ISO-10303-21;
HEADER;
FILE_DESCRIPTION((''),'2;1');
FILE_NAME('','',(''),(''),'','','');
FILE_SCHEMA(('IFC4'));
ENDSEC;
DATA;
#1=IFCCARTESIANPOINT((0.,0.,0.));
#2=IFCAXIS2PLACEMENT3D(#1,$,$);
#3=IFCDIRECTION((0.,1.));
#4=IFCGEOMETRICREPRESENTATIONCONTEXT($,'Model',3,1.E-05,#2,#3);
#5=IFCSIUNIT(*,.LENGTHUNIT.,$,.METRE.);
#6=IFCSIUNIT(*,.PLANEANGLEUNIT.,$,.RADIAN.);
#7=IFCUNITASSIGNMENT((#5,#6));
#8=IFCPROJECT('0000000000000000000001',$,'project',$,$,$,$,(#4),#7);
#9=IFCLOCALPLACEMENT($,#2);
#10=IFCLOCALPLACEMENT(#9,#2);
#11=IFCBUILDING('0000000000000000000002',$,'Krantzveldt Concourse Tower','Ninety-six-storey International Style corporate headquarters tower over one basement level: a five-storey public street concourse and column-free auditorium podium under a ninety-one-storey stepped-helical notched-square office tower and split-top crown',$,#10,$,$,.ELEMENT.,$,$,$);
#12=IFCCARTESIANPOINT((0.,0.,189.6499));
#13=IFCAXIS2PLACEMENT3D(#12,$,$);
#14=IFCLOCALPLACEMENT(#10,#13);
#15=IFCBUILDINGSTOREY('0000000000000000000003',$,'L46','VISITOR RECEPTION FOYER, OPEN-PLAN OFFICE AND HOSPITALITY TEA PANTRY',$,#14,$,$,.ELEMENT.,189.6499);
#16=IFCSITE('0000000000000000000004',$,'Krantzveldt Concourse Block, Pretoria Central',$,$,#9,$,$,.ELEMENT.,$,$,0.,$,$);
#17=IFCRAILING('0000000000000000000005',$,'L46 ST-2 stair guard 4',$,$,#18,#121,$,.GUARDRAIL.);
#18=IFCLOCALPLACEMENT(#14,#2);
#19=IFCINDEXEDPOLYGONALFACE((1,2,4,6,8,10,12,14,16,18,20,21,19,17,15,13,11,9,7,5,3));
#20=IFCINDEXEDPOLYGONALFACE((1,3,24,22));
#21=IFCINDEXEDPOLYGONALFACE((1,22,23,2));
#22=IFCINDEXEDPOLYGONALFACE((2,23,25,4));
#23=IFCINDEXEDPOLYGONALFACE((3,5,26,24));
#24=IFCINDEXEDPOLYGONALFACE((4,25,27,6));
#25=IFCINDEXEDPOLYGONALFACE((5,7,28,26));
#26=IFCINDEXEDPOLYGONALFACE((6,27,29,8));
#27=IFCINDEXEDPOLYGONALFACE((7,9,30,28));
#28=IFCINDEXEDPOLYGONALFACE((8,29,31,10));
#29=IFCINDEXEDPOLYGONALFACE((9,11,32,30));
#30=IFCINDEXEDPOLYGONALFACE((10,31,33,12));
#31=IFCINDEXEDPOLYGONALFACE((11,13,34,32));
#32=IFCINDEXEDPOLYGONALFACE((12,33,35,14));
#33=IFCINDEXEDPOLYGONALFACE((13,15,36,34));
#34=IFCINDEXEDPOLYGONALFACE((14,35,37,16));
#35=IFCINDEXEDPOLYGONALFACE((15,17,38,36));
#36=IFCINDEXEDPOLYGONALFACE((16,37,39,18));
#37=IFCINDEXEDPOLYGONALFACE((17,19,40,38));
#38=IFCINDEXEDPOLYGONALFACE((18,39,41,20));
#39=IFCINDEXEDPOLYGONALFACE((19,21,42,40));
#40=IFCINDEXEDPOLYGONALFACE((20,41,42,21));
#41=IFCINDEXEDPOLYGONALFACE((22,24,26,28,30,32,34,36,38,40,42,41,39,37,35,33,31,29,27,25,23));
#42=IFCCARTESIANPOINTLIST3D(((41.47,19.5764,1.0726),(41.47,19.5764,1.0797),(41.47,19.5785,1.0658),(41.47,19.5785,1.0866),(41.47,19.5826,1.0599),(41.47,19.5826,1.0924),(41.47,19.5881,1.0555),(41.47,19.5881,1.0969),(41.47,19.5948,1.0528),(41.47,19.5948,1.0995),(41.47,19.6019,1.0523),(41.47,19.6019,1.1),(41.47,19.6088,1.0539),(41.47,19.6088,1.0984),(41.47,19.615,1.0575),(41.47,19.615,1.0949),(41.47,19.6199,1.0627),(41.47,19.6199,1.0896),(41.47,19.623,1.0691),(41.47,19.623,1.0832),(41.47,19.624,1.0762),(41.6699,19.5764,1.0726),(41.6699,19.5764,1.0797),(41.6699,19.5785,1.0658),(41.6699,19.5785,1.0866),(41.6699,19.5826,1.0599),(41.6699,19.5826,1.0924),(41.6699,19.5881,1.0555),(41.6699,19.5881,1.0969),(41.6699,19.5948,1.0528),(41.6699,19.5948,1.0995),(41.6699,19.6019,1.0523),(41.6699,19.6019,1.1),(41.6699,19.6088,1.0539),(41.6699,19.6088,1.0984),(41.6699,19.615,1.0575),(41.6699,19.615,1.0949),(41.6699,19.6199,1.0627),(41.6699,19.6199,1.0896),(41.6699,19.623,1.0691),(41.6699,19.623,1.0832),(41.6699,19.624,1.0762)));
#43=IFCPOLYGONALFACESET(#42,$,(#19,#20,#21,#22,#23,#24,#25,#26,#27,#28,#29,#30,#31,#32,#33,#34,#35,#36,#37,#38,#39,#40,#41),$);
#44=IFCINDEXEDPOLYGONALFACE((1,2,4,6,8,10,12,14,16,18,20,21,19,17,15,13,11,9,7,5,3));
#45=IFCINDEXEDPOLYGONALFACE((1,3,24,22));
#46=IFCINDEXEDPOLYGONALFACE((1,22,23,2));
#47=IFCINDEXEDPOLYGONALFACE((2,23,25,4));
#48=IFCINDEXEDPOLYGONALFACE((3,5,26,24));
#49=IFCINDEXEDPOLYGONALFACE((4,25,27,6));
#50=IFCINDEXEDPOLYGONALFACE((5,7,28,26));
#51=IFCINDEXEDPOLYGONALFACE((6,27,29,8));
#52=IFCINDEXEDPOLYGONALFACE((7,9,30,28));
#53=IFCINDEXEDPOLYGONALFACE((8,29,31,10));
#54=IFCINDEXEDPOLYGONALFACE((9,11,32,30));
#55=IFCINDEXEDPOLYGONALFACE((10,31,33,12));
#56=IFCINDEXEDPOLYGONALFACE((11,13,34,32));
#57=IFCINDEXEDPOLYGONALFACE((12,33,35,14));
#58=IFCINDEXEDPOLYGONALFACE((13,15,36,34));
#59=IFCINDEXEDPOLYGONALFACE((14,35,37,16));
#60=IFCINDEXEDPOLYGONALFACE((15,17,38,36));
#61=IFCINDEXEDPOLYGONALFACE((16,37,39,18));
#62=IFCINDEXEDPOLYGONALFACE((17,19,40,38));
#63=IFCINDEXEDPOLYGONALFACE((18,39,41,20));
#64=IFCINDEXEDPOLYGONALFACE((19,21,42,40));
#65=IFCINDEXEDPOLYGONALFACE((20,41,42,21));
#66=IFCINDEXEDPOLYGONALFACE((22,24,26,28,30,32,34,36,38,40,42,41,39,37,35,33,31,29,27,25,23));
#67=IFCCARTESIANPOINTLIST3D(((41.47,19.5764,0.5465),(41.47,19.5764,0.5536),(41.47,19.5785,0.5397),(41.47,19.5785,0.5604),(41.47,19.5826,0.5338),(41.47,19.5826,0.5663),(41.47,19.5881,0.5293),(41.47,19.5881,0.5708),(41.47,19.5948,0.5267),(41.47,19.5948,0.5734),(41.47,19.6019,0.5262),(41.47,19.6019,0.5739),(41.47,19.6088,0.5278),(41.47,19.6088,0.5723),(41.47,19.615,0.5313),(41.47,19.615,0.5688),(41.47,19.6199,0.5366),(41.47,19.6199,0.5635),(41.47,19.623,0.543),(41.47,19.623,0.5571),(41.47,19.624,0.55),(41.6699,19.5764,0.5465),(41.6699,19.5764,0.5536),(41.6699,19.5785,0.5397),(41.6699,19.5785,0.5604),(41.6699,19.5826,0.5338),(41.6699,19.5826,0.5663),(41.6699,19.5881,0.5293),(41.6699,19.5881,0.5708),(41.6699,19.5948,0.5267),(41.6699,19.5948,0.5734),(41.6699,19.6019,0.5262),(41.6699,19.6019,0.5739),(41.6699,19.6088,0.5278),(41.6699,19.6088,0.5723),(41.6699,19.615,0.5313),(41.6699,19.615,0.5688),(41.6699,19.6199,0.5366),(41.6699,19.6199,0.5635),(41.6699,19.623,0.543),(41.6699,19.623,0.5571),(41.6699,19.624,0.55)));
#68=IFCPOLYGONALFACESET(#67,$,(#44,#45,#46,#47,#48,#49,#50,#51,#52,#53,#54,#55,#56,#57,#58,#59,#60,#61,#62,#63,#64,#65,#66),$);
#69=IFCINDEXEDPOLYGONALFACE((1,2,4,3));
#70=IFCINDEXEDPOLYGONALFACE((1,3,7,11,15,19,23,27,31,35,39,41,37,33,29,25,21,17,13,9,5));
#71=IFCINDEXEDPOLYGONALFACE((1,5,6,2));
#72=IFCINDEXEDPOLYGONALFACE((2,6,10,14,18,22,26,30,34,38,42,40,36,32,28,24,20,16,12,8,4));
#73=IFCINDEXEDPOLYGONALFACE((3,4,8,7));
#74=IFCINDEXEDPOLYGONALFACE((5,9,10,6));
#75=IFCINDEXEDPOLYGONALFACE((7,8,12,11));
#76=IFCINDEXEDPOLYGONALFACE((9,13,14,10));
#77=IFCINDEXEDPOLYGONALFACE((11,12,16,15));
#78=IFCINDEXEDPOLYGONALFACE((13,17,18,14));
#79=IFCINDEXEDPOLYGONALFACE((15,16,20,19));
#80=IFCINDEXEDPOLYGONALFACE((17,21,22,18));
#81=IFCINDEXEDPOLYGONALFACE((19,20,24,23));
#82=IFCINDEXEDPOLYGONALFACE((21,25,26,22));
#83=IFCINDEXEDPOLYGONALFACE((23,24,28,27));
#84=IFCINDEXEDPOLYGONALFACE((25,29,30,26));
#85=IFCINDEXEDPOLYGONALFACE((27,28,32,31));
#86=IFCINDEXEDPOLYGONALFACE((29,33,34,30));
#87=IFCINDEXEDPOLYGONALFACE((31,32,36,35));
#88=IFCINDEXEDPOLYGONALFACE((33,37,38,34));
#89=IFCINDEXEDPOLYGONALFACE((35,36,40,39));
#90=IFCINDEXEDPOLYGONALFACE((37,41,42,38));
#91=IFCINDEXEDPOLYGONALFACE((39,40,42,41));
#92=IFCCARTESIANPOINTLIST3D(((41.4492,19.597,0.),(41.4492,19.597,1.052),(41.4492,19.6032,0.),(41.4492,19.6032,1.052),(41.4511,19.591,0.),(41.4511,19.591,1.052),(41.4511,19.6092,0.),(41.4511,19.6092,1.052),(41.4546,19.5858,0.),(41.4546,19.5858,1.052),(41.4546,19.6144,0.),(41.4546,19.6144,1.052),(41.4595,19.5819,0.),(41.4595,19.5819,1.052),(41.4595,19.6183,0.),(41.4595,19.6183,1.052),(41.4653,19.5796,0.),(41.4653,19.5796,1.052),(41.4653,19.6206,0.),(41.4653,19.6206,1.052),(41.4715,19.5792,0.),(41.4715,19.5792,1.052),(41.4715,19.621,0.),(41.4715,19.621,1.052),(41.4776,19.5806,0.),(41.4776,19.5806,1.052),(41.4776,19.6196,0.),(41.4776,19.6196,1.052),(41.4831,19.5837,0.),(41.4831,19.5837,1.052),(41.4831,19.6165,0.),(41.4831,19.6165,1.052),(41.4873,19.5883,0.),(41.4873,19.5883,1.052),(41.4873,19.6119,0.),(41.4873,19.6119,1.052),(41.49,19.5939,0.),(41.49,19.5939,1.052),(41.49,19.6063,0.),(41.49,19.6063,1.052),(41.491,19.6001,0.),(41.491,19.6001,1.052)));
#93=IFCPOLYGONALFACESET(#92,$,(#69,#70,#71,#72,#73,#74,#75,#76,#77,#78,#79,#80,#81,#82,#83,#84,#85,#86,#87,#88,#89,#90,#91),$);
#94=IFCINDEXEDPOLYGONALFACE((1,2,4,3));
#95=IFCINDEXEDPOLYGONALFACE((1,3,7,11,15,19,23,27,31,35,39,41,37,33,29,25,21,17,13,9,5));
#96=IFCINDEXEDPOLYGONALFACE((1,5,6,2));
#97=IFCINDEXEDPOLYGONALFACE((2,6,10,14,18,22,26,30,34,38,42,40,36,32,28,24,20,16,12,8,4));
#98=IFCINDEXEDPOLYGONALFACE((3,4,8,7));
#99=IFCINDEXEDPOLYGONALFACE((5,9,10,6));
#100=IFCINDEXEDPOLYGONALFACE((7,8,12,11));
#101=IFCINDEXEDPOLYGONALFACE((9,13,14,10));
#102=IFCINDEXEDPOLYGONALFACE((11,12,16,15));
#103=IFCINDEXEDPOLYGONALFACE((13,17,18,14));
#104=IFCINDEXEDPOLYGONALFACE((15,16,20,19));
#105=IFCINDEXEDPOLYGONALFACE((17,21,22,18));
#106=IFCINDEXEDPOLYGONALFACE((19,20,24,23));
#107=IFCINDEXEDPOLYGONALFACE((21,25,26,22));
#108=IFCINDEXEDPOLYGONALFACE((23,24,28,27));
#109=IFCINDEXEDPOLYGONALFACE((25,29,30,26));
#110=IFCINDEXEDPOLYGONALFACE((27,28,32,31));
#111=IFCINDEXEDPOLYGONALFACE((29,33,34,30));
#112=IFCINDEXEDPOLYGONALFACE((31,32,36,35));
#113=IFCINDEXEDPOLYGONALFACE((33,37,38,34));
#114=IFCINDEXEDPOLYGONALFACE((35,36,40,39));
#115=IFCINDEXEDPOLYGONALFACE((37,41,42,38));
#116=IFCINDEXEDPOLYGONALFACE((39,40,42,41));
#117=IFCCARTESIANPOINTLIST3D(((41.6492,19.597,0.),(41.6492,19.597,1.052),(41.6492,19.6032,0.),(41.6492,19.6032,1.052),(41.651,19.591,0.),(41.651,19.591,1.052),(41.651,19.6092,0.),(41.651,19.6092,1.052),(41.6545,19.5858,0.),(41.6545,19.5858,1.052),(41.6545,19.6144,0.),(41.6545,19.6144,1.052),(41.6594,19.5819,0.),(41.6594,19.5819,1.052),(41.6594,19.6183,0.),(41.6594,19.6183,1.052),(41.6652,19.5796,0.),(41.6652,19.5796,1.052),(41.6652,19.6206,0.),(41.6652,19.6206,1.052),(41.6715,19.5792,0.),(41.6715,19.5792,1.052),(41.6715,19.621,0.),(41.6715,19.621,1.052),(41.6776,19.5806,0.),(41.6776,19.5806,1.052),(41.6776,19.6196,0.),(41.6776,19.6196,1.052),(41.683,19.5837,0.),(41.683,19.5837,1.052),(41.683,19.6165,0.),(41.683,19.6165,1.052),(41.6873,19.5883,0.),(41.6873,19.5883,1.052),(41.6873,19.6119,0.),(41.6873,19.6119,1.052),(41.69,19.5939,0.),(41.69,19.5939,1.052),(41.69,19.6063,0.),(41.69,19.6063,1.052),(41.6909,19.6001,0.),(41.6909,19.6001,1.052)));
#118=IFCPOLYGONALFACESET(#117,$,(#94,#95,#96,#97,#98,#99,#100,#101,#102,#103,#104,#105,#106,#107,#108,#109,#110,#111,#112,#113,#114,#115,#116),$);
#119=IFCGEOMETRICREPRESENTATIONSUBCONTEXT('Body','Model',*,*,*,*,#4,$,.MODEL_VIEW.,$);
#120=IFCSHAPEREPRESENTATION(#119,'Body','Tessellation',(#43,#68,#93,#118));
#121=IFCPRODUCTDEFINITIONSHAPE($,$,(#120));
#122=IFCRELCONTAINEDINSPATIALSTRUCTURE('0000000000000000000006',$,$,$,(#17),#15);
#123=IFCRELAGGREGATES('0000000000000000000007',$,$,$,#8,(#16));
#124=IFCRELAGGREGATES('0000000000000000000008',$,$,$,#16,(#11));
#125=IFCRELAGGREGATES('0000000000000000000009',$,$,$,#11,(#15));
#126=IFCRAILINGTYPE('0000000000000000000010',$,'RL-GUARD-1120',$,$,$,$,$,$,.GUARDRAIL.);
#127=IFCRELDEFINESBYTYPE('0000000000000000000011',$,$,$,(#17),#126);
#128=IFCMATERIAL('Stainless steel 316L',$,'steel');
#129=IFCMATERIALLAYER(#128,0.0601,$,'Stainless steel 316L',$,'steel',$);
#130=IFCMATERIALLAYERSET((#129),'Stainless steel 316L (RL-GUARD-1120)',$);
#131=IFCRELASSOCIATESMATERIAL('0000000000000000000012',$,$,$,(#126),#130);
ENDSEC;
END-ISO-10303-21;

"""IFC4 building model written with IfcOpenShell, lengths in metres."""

from ifc_helpers import new_model, si_unit, direction, frame, origin, origin_2d, place, context, subcontext, project, spatial, circle, extrude, material, layer, layer_set, type_object, element, save


model = new_model("IFC4")

# Units and contexts
model_context = context("Model", 3, precision=1e-05, world=origin(), true_north=direction((0.0, 1.0)))
body_context = subcontext(model_context, "Body", "Model", "MODEL_VIEW")
ifc_project = project(units=[si_unit("LENGTHUNIT", "METRE"), si_unit("PLANEANGLEUNIT", "RADIAN")], contexts=[model_context])

# Site, building, storey
site_placement = place(None, origin())
site = spatial("IfcSite", under=ifc_project, at=site_placement, Name="Krantzveldt Concourse Block, Pretoria Central", CompositionType="ELEMENT", RefElevation=0.0)
building_placement = place(site_placement, origin())
building = spatial("IfcBuilding", under=site, at=building_placement, Name="Krantzveldt Concourse Tower", Description="Ninety-six-storey International Style corporate headquarters tower over one basement level: a five-storey public street concourse and column-free auditorium podium under a ninety-one-storey stepped-helical notched-square office tower and split-top crown", CompositionType="ELEMENT")
storey_placement = place(building_placement, frame((0.0, 0.0, 189.6499)))
storey = spatial("IfcBuildingStorey", under=building, at=storey_placement, Name="L46", Description="VISITOR RECEPTION FOYER, OPEN-PLAN OFFICE AND HOSPITALITY TEA PANTRY", CompositionType="ELEMENT", Elevation=189.6499)

# Shared definitions
ifc_material_1 = material(Name="Stainless steel 316L", Category="steel")

# Railing
ifc_layer_1 = layer(ifc_material_1, 0.0601, Name="Stainless steel 316L", Category="steel")
ifc_layer_set_1 = layer_set([ifc_layer_1], Name="Stainless steel 316L (RL-GUARD-1120)")
railing_type_1 = type_object("IfcRailingType", Name="RL-GUARD-1120", PredefinedType="GUARDRAIL", material=ifc_layer_set_1)
railing_1_placement = place(storey_placement, frame((41.47, 19.6001, 0.0)))
element("IfcRailing", 1, at=railing_1_placement, inside=storey, type_object=railing_type_1, Name="L46 ST-2 stair guard 4", PredefinedType="GUARDRAIL", context=body_context, shape_type="SweptSolid", body=[
    extrude(circle(Radius=0.0239, at=origin_2d()), frame((0.0, 0.0, 1.0762), z_axis=(1.0, 0.0, 0.0), x_axis=(0.0, 1.0, 0.0)), (0.0, 0.0, 1.0), 0.2),
    extrude(circle(Radius=0.0239, at=origin_2d()), frame((0.0, 0.0, 0.55), z_axis=(1.0, 0.0, 0.0), x_axis=(0.0, 1.0, 0.0)), (0.0, 0.0, 1.0), 0.2),
    extrude(circle(Radius=0.021, at=origin_2d()), origin(), (0.0, 0.0, 1.0), 1.052),
    extrude(circle(Radius=0.021, at=origin_2d()), frame((0.2, 0.0, 0.0)), (0.0, 0.0, 1.0), 1.052),
])

save(model, "model.ifc")
